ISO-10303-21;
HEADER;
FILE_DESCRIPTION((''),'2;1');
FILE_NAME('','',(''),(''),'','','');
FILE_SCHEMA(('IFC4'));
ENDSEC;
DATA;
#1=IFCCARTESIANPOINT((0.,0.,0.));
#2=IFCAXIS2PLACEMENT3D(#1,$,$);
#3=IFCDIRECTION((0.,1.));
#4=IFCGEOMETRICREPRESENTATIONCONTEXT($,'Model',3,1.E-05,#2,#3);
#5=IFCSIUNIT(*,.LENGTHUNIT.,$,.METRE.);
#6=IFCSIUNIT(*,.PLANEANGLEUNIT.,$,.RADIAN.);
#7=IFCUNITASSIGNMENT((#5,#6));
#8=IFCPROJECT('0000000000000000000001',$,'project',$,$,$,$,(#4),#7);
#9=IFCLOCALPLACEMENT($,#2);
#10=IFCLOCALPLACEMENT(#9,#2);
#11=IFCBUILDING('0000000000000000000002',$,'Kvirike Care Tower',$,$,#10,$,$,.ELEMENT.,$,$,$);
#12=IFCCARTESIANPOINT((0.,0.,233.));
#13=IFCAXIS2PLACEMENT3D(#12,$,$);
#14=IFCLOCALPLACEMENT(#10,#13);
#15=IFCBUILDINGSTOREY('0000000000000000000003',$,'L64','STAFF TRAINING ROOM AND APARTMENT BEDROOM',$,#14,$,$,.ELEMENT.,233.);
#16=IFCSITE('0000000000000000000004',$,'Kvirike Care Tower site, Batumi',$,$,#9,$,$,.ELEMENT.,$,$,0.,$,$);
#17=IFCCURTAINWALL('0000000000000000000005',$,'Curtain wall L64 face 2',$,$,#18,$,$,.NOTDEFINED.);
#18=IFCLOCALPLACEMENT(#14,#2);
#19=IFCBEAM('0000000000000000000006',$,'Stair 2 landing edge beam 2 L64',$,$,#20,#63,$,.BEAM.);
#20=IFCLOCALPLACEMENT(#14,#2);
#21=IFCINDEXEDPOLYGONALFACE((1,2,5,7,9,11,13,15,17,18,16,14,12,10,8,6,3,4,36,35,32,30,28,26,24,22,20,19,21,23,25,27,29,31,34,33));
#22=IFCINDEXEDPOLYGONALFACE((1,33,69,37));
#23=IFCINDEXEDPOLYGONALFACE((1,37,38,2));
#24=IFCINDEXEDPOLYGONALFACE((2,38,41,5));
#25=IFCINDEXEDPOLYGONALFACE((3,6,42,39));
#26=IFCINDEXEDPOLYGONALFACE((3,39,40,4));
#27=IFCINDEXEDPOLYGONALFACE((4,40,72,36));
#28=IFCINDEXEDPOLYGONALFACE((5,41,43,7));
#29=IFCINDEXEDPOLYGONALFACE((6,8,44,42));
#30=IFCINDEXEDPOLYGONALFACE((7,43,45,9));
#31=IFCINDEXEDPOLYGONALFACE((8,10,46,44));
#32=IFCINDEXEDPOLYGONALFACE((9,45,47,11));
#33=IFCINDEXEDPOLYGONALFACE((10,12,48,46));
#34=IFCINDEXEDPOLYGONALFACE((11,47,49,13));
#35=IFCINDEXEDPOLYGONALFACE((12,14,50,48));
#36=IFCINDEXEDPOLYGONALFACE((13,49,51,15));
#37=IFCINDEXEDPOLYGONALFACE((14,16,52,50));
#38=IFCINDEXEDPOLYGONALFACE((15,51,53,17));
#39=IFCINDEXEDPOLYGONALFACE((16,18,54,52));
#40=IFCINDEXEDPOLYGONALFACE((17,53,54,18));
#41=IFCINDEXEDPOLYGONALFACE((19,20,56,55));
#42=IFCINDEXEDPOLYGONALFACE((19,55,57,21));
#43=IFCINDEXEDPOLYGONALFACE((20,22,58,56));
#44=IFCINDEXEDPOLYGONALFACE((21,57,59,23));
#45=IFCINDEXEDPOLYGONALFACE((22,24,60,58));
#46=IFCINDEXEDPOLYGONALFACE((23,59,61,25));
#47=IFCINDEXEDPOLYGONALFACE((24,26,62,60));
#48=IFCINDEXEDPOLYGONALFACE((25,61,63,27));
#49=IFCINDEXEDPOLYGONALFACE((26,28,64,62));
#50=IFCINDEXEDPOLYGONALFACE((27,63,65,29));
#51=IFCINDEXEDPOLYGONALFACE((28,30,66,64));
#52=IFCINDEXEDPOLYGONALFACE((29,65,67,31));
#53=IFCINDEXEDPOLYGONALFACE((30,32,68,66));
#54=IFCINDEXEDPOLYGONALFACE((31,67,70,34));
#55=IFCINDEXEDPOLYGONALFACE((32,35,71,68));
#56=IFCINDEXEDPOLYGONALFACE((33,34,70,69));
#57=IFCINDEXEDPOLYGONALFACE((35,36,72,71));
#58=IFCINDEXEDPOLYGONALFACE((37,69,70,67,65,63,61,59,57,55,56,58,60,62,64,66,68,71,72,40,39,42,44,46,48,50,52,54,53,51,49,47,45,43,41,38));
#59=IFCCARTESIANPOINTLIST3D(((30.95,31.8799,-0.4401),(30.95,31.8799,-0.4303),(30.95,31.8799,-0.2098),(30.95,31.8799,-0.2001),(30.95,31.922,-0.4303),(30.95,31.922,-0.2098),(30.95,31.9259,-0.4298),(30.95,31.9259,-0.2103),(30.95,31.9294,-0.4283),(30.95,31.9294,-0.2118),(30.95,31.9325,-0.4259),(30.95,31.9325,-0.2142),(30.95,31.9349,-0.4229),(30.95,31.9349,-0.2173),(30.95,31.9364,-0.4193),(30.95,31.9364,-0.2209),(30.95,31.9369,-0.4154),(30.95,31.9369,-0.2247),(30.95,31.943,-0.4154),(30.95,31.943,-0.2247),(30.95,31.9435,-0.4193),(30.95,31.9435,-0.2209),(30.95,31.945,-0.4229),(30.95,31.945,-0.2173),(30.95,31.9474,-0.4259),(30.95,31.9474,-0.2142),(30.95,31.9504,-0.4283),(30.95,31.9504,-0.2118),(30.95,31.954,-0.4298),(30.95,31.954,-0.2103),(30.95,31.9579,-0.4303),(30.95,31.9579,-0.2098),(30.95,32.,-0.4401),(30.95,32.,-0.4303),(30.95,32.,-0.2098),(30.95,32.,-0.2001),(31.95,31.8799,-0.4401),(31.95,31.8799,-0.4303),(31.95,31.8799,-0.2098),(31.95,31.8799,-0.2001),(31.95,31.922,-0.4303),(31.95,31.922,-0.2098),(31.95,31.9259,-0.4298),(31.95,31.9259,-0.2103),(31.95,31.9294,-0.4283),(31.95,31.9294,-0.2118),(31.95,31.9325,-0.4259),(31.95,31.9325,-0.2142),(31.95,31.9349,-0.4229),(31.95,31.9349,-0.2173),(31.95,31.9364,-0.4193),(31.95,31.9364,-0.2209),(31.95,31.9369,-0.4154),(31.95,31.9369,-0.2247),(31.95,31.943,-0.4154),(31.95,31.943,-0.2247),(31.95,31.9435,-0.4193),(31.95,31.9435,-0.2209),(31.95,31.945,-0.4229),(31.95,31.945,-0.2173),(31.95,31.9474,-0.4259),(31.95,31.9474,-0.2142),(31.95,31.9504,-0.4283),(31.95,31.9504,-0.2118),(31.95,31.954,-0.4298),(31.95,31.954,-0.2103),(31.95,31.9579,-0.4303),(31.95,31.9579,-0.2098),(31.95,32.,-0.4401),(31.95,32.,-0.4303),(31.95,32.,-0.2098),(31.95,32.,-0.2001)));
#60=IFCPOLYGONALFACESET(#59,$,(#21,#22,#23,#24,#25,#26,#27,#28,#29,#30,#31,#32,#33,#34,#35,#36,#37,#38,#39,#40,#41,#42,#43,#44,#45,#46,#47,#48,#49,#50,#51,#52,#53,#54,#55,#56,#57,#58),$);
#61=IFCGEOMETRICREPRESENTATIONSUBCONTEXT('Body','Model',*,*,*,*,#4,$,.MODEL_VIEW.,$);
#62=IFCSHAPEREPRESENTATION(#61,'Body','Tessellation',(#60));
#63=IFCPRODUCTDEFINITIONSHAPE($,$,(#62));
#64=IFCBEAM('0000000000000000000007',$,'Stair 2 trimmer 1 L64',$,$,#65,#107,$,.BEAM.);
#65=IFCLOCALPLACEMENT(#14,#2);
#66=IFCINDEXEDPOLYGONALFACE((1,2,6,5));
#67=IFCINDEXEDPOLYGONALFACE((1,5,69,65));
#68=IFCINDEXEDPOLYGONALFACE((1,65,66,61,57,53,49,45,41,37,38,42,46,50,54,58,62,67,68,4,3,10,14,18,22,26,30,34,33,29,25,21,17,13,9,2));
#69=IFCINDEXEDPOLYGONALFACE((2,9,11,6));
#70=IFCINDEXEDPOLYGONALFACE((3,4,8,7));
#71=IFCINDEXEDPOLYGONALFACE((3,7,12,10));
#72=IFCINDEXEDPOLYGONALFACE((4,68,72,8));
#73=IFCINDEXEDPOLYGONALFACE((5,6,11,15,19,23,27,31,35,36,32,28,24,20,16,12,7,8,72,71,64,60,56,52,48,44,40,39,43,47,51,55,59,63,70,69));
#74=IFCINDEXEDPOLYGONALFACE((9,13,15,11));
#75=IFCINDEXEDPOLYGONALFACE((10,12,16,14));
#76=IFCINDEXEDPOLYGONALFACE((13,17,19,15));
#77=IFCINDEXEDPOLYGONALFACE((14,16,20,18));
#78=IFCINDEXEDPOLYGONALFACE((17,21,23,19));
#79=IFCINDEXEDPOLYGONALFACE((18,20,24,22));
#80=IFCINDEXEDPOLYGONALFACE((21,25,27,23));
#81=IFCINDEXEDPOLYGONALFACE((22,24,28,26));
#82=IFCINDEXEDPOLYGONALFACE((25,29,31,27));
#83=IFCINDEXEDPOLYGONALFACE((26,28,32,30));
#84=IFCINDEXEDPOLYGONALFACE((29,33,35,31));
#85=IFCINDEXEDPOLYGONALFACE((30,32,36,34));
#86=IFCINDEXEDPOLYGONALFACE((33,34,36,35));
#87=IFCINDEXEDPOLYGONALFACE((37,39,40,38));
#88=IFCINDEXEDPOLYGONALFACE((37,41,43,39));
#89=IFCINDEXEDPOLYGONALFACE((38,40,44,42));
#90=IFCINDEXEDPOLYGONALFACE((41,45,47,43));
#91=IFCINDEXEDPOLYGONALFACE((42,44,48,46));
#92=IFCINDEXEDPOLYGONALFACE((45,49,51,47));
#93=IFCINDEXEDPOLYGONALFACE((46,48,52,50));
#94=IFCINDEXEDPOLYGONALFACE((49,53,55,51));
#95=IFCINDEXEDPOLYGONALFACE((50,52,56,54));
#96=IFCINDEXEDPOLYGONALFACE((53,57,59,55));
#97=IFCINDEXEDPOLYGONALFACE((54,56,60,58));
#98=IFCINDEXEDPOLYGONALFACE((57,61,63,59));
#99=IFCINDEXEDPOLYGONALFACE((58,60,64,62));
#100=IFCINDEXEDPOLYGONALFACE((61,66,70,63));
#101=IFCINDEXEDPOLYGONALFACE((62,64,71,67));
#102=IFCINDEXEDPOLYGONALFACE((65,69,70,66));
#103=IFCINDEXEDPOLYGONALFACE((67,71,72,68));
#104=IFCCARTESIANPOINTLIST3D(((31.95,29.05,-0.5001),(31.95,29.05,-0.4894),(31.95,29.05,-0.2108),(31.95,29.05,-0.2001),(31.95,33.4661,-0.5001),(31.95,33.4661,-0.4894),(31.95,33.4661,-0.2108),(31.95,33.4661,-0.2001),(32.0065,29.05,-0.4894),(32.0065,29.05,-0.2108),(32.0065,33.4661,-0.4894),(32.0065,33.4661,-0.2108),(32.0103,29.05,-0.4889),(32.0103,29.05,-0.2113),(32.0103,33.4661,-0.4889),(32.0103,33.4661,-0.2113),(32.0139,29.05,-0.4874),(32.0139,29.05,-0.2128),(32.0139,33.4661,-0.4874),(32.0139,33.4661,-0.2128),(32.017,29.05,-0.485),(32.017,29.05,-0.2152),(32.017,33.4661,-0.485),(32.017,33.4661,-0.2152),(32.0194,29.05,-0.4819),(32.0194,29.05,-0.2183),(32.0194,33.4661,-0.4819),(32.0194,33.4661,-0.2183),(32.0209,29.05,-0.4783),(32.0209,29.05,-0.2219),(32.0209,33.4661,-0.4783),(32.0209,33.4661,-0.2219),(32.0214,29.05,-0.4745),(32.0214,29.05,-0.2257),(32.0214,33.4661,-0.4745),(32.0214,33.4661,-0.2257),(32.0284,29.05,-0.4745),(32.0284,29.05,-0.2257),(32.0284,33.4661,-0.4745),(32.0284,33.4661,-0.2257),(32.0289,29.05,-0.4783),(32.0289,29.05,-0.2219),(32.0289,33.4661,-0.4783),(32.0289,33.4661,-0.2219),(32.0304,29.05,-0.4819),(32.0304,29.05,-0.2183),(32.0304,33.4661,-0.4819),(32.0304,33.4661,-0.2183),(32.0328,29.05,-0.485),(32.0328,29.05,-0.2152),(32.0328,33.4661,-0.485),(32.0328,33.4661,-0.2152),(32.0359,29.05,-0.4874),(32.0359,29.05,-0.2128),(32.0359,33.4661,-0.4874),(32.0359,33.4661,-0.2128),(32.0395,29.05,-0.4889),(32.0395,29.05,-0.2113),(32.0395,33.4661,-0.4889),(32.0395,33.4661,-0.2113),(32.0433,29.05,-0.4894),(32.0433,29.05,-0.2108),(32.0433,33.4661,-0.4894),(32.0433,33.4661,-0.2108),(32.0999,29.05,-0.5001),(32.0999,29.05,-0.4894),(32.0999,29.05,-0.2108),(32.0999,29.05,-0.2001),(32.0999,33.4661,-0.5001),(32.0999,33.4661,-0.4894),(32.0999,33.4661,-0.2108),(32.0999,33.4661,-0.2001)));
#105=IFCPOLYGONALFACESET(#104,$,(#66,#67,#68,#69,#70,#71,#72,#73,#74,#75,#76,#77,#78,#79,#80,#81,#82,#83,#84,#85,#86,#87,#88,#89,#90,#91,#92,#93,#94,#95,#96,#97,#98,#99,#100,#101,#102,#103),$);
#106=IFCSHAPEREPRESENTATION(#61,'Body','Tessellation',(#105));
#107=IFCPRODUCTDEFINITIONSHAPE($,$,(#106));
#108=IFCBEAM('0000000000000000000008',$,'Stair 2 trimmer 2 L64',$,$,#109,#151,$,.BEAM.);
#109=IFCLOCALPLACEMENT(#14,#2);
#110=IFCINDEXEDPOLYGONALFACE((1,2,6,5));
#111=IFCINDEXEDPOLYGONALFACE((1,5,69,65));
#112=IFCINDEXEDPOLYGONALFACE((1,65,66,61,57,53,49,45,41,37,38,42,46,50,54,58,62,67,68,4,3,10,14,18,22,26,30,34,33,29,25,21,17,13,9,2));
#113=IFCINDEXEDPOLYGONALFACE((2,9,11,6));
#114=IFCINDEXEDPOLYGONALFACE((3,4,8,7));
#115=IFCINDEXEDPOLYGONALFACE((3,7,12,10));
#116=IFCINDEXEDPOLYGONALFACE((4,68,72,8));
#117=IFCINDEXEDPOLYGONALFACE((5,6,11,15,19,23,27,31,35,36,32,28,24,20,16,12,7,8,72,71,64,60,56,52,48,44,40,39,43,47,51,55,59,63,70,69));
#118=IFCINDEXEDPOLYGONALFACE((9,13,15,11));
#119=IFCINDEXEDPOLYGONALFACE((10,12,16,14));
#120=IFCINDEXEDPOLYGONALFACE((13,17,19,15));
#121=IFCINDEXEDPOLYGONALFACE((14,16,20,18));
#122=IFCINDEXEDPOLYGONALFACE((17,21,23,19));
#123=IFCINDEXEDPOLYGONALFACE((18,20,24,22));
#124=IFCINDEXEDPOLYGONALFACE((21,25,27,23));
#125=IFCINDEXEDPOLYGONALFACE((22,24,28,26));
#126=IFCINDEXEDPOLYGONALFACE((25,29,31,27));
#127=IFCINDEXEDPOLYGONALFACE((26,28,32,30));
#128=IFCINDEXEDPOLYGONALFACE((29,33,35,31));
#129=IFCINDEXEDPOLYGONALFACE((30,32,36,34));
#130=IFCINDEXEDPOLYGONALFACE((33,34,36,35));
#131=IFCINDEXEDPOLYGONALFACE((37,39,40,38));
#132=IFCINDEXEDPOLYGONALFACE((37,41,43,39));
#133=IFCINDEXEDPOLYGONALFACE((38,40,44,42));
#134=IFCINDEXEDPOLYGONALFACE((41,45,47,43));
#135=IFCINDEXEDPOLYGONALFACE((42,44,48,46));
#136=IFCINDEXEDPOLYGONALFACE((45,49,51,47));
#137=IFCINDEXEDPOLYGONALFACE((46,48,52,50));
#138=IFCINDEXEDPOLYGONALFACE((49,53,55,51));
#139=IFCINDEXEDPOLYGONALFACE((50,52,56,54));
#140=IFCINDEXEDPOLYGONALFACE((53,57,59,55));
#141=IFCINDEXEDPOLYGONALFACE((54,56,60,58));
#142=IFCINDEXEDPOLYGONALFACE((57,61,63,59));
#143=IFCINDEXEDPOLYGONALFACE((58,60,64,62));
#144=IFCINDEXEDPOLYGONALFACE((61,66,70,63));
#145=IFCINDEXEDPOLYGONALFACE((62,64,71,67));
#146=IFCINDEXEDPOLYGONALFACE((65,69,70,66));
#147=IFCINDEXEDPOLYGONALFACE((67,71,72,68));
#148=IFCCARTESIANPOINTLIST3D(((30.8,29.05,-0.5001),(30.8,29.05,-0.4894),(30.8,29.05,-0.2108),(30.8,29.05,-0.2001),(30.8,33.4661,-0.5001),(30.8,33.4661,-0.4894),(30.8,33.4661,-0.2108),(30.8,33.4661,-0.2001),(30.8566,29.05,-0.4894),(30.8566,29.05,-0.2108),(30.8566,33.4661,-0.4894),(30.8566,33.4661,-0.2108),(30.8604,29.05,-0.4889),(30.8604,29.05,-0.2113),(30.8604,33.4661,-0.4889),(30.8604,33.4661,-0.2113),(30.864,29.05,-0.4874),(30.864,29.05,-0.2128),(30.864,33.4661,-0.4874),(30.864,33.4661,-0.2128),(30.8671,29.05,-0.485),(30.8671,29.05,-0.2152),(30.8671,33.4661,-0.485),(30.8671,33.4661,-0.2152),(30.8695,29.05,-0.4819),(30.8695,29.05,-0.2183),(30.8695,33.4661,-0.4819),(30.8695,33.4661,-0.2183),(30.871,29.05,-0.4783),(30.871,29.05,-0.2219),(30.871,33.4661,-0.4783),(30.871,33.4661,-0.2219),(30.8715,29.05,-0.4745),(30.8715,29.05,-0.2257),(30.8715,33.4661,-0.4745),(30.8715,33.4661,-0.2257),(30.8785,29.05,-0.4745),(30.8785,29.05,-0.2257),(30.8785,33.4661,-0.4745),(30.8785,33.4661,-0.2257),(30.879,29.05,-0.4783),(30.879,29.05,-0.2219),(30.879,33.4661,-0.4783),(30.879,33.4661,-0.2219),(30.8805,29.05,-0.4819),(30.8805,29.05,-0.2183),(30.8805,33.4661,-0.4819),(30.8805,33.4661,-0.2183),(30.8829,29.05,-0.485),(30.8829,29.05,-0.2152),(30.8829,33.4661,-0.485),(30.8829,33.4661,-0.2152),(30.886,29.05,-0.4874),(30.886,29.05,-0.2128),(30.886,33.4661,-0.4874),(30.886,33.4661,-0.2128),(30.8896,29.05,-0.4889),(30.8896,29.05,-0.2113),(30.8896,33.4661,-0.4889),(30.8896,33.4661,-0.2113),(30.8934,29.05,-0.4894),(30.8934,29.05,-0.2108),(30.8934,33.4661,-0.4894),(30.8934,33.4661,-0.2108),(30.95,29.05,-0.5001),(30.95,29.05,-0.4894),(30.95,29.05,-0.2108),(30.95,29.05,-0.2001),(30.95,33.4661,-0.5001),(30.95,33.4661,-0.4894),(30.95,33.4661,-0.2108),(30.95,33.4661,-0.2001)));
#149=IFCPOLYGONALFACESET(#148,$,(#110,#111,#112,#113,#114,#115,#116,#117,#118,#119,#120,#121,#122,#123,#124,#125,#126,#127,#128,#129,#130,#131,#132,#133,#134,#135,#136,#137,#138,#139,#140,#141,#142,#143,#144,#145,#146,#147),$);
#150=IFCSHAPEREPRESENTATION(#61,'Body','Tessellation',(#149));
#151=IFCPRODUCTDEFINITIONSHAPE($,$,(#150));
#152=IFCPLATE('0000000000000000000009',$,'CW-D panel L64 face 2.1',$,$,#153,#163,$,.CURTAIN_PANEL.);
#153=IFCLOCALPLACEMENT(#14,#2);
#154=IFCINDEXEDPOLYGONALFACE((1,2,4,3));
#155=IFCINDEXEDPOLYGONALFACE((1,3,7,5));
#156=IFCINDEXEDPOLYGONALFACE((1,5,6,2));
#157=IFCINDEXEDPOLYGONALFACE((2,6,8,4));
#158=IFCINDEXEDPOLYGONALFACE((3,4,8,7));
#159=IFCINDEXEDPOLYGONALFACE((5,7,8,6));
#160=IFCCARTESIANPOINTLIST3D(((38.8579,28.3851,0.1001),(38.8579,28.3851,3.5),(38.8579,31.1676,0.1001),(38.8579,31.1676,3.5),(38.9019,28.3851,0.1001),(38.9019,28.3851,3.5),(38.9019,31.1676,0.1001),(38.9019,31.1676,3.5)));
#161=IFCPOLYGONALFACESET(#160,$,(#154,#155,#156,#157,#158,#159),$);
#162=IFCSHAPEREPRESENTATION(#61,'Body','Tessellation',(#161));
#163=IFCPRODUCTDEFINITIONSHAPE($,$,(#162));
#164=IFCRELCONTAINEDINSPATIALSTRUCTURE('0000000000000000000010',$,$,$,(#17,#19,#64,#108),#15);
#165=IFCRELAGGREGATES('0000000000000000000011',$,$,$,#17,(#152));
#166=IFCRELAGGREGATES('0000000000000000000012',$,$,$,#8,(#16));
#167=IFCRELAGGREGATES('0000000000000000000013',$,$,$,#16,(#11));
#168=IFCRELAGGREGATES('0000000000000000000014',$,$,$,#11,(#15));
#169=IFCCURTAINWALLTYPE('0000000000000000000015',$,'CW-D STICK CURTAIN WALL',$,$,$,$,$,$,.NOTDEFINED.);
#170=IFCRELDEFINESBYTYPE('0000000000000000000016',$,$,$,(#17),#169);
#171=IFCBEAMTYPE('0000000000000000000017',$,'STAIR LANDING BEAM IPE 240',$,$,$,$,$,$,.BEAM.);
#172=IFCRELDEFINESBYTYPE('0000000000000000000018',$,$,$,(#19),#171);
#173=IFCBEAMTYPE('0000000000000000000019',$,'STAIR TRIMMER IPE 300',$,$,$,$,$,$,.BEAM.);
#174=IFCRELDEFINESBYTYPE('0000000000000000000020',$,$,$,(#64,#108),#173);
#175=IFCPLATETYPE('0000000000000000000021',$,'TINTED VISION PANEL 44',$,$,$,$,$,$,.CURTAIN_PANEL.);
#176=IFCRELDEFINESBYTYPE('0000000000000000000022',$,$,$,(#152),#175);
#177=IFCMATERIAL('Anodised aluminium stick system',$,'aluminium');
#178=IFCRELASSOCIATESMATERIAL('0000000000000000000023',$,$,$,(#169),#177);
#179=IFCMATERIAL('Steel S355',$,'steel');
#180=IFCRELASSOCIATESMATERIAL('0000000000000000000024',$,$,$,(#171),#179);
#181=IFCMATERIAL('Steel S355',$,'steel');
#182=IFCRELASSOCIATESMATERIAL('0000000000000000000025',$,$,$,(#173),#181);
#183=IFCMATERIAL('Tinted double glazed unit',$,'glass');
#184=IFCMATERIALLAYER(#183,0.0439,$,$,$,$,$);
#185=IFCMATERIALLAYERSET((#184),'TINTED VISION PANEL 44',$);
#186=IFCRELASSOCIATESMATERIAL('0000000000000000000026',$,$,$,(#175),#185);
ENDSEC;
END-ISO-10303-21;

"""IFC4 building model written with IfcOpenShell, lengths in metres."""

from ifc_helpers import new_model, si_unit, direction, frame, origin, origin_2d, place, context, subcontext, project, spatial, rectangle, i_section, extrude, material, layer, layer_set, material_profile, profile_set, type_object, element, aggregate, save


model = new_model("IFC4")

# Units and contexts
model_context = context("Model", 3, precision=1e-05, world=origin(), true_north=direction((0.0, 1.0)))
body_context = subcontext(model_context, "Body", "Model", "MODEL_VIEW")
ifc_project = project(units=[si_unit("LENGTHUNIT", "METRE"), si_unit("PLANEANGLEUNIT", "RADIAN")], contexts=[model_context])

# Site, building, storey
site_placement = place(None, origin())
site = spatial("IfcSite", under=ifc_project, at=site_placement, Name="Kvirike Care Tower site, Batumi", CompositionType="ELEMENT", RefElevation=0.0)
building_placement = place(site_placement, origin())
building = spatial("IfcBuilding", under=site, at=building_placement, Name="Kvirike Care Tower", CompositionType="ELEMENT")
storey_placement = place(building_placement, frame((0.0, 0.0, 233.0)))
storey = spatial("IfcBuildingStorey", under=building, at=storey_placement, Name="L64", Description="STAFF TRAINING ROOM AND APARTMENT BEDROOM", CompositionType="ELEMENT", Elevation=233.0)

# Shared definitions
ifc_material_1 = material(Name="Anodised aluminium stick system", Category="aluminium")
curtain_wall_type = type_object("IfcCurtainWallType", Name="CW-D STICK CURTAIN WALL", PredefinedType="NOTDEFINED", material=ifc_material_1)

# Curtain wall
curtain_wall_1_placement = place(storey_placement, origin())
curtain_wall_1 = element("IfcCurtainWall", 1, at=curtain_wall_1_placement, inside=storey, type_object=curtain_wall_type, Name="Curtain wall L64 face 2", PredefinedType="NOTDEFINED")

# Beams
ifc_material_2 = material(Name="Steel S355", Category="steel")
ifc_material_profile_1 = material_profile(ifc_material_2, i_section(OverallWidth=0.1201, OverallDepth=0.24, WebThickness=0.0061, FlangeThickness=0.0098, FilletRadius=0.0149, at=origin_2d()), Name="IPE 240")
ifc_profile_set_1 = profile_set([ifc_material_profile_1], Name="Steel S355")
beam_type_1 = type_object("IfcBeamType", Name="STAIR LANDING BEAM IPE 240", PredefinedType="BEAM", material=ifc_profile_set_1)
for number, where, z_axis, x_axis, name in (
    (2, (31.95, 31.9399, -0.3201), (-1.0, 0.0, 0.0), (0.0, -1.0, 0.0), "Stair 2 landing edge beam 2 L64"),
):
    element("IfcBeam", number, at=place(storey_placement, frame(where, z_axis=z_axis, x_axis=x_axis)), inside=storey, type_object=beam_type_1, Name=name, PredefinedType="BEAM", context=body_context, shape_type="SweptSolid", body=[
        extrude(i_section(OverallWidth=0.1201, OverallDepth=0.24, WebThickness=0.0061, FlangeThickness=0.0098, FilletRadius=0.0149, at=origin_2d()), origin(), (0.0, 0.0, 1.0), 1.0),
    ])
ifc_material_3 = material(Name="Steel S355", Category="steel")
ifc_material_profile_2 = material_profile(ifc_material_3, i_section(OverallWidth=0.1499, OverallDepth=0.3, WebThickness=0.0071, FlangeThickness=0.0107, FilletRadius=0.0149, at=origin_2d()), Name="IPE 300")
ifc_profile_set_2 = profile_set([ifc_material_profile_2], Name="Steel S355")
beam_type_2 = type_object("IfcBeamType", Name="STAIR TRIMMER IPE 300", PredefinedType="BEAM", material=ifc_profile_set_2)
for number, where, z_axis, x_axis, name in (
    (3, (32.0249, 29.05, -0.3501), (0.0, 1.0, 0.0), (-1.0, 0.0, 0.0), "Stair 2 trimmer 1 L64"),
    (4, (30.875, 29.05, -0.3501), (0.0, 1.0, 0.0), (-1.0, 0.0, 0.0), "Stair 2 trimmer 2 L64"),
):
    element("IfcBeam", number, at=place(storey_placement, frame(where, z_axis=z_axis, x_axis=x_axis)), inside=storey, type_object=beam_type_2, Name=name, PredefinedType="BEAM", context=body_context, shape_type="SweptSolid", body=[
        extrude(i_section(OverallWidth=0.1499, OverallDepth=0.3, WebThickness=0.0071, FlangeThickness=0.0107, FilletRadius=0.0149, at=origin_2d()), origin(), (0.0, 0.0, 1.0), 4.416),
    ])

# Plate
ifc_material_4 = material(Name="Tinted double glazed unit", Category="glass")
ifc_layer_1 = layer(ifc_material_4, 0.0439)
ifc_layer_set_1 = layer_set([ifc_layer_1], Name="TINTED VISION PANEL 44")
plate_type = type_object("IfcPlateType", Name="TINTED VISION PANEL 44", PredefinedType="CURTAIN_PANEL", material=ifc_layer_set_1)
plate_placement = place(storey_placement, frame((38.8799, 29.7764, 0.1001), z_axis=(0.0, 0.0, 1.0), x_axis=(0.0, 1.0, 0.0)))
plate = element("IfcPlate", 5, at=plate_placement, type_object=plate_type, Name="CW-D panel L64 face 2.1", PredefinedType="CURTAIN_PANEL", context=body_context, shape_type="SweptSolid", body=[
    extrude(rectangle(XDim=2.7825, YDim=0.0439, at=origin_2d()), origin(), (0.0, 0.0, 1.0), 3.3999),
])
aggregate(curtain_wall_1, [plate])

save(model, "model.ifc")
